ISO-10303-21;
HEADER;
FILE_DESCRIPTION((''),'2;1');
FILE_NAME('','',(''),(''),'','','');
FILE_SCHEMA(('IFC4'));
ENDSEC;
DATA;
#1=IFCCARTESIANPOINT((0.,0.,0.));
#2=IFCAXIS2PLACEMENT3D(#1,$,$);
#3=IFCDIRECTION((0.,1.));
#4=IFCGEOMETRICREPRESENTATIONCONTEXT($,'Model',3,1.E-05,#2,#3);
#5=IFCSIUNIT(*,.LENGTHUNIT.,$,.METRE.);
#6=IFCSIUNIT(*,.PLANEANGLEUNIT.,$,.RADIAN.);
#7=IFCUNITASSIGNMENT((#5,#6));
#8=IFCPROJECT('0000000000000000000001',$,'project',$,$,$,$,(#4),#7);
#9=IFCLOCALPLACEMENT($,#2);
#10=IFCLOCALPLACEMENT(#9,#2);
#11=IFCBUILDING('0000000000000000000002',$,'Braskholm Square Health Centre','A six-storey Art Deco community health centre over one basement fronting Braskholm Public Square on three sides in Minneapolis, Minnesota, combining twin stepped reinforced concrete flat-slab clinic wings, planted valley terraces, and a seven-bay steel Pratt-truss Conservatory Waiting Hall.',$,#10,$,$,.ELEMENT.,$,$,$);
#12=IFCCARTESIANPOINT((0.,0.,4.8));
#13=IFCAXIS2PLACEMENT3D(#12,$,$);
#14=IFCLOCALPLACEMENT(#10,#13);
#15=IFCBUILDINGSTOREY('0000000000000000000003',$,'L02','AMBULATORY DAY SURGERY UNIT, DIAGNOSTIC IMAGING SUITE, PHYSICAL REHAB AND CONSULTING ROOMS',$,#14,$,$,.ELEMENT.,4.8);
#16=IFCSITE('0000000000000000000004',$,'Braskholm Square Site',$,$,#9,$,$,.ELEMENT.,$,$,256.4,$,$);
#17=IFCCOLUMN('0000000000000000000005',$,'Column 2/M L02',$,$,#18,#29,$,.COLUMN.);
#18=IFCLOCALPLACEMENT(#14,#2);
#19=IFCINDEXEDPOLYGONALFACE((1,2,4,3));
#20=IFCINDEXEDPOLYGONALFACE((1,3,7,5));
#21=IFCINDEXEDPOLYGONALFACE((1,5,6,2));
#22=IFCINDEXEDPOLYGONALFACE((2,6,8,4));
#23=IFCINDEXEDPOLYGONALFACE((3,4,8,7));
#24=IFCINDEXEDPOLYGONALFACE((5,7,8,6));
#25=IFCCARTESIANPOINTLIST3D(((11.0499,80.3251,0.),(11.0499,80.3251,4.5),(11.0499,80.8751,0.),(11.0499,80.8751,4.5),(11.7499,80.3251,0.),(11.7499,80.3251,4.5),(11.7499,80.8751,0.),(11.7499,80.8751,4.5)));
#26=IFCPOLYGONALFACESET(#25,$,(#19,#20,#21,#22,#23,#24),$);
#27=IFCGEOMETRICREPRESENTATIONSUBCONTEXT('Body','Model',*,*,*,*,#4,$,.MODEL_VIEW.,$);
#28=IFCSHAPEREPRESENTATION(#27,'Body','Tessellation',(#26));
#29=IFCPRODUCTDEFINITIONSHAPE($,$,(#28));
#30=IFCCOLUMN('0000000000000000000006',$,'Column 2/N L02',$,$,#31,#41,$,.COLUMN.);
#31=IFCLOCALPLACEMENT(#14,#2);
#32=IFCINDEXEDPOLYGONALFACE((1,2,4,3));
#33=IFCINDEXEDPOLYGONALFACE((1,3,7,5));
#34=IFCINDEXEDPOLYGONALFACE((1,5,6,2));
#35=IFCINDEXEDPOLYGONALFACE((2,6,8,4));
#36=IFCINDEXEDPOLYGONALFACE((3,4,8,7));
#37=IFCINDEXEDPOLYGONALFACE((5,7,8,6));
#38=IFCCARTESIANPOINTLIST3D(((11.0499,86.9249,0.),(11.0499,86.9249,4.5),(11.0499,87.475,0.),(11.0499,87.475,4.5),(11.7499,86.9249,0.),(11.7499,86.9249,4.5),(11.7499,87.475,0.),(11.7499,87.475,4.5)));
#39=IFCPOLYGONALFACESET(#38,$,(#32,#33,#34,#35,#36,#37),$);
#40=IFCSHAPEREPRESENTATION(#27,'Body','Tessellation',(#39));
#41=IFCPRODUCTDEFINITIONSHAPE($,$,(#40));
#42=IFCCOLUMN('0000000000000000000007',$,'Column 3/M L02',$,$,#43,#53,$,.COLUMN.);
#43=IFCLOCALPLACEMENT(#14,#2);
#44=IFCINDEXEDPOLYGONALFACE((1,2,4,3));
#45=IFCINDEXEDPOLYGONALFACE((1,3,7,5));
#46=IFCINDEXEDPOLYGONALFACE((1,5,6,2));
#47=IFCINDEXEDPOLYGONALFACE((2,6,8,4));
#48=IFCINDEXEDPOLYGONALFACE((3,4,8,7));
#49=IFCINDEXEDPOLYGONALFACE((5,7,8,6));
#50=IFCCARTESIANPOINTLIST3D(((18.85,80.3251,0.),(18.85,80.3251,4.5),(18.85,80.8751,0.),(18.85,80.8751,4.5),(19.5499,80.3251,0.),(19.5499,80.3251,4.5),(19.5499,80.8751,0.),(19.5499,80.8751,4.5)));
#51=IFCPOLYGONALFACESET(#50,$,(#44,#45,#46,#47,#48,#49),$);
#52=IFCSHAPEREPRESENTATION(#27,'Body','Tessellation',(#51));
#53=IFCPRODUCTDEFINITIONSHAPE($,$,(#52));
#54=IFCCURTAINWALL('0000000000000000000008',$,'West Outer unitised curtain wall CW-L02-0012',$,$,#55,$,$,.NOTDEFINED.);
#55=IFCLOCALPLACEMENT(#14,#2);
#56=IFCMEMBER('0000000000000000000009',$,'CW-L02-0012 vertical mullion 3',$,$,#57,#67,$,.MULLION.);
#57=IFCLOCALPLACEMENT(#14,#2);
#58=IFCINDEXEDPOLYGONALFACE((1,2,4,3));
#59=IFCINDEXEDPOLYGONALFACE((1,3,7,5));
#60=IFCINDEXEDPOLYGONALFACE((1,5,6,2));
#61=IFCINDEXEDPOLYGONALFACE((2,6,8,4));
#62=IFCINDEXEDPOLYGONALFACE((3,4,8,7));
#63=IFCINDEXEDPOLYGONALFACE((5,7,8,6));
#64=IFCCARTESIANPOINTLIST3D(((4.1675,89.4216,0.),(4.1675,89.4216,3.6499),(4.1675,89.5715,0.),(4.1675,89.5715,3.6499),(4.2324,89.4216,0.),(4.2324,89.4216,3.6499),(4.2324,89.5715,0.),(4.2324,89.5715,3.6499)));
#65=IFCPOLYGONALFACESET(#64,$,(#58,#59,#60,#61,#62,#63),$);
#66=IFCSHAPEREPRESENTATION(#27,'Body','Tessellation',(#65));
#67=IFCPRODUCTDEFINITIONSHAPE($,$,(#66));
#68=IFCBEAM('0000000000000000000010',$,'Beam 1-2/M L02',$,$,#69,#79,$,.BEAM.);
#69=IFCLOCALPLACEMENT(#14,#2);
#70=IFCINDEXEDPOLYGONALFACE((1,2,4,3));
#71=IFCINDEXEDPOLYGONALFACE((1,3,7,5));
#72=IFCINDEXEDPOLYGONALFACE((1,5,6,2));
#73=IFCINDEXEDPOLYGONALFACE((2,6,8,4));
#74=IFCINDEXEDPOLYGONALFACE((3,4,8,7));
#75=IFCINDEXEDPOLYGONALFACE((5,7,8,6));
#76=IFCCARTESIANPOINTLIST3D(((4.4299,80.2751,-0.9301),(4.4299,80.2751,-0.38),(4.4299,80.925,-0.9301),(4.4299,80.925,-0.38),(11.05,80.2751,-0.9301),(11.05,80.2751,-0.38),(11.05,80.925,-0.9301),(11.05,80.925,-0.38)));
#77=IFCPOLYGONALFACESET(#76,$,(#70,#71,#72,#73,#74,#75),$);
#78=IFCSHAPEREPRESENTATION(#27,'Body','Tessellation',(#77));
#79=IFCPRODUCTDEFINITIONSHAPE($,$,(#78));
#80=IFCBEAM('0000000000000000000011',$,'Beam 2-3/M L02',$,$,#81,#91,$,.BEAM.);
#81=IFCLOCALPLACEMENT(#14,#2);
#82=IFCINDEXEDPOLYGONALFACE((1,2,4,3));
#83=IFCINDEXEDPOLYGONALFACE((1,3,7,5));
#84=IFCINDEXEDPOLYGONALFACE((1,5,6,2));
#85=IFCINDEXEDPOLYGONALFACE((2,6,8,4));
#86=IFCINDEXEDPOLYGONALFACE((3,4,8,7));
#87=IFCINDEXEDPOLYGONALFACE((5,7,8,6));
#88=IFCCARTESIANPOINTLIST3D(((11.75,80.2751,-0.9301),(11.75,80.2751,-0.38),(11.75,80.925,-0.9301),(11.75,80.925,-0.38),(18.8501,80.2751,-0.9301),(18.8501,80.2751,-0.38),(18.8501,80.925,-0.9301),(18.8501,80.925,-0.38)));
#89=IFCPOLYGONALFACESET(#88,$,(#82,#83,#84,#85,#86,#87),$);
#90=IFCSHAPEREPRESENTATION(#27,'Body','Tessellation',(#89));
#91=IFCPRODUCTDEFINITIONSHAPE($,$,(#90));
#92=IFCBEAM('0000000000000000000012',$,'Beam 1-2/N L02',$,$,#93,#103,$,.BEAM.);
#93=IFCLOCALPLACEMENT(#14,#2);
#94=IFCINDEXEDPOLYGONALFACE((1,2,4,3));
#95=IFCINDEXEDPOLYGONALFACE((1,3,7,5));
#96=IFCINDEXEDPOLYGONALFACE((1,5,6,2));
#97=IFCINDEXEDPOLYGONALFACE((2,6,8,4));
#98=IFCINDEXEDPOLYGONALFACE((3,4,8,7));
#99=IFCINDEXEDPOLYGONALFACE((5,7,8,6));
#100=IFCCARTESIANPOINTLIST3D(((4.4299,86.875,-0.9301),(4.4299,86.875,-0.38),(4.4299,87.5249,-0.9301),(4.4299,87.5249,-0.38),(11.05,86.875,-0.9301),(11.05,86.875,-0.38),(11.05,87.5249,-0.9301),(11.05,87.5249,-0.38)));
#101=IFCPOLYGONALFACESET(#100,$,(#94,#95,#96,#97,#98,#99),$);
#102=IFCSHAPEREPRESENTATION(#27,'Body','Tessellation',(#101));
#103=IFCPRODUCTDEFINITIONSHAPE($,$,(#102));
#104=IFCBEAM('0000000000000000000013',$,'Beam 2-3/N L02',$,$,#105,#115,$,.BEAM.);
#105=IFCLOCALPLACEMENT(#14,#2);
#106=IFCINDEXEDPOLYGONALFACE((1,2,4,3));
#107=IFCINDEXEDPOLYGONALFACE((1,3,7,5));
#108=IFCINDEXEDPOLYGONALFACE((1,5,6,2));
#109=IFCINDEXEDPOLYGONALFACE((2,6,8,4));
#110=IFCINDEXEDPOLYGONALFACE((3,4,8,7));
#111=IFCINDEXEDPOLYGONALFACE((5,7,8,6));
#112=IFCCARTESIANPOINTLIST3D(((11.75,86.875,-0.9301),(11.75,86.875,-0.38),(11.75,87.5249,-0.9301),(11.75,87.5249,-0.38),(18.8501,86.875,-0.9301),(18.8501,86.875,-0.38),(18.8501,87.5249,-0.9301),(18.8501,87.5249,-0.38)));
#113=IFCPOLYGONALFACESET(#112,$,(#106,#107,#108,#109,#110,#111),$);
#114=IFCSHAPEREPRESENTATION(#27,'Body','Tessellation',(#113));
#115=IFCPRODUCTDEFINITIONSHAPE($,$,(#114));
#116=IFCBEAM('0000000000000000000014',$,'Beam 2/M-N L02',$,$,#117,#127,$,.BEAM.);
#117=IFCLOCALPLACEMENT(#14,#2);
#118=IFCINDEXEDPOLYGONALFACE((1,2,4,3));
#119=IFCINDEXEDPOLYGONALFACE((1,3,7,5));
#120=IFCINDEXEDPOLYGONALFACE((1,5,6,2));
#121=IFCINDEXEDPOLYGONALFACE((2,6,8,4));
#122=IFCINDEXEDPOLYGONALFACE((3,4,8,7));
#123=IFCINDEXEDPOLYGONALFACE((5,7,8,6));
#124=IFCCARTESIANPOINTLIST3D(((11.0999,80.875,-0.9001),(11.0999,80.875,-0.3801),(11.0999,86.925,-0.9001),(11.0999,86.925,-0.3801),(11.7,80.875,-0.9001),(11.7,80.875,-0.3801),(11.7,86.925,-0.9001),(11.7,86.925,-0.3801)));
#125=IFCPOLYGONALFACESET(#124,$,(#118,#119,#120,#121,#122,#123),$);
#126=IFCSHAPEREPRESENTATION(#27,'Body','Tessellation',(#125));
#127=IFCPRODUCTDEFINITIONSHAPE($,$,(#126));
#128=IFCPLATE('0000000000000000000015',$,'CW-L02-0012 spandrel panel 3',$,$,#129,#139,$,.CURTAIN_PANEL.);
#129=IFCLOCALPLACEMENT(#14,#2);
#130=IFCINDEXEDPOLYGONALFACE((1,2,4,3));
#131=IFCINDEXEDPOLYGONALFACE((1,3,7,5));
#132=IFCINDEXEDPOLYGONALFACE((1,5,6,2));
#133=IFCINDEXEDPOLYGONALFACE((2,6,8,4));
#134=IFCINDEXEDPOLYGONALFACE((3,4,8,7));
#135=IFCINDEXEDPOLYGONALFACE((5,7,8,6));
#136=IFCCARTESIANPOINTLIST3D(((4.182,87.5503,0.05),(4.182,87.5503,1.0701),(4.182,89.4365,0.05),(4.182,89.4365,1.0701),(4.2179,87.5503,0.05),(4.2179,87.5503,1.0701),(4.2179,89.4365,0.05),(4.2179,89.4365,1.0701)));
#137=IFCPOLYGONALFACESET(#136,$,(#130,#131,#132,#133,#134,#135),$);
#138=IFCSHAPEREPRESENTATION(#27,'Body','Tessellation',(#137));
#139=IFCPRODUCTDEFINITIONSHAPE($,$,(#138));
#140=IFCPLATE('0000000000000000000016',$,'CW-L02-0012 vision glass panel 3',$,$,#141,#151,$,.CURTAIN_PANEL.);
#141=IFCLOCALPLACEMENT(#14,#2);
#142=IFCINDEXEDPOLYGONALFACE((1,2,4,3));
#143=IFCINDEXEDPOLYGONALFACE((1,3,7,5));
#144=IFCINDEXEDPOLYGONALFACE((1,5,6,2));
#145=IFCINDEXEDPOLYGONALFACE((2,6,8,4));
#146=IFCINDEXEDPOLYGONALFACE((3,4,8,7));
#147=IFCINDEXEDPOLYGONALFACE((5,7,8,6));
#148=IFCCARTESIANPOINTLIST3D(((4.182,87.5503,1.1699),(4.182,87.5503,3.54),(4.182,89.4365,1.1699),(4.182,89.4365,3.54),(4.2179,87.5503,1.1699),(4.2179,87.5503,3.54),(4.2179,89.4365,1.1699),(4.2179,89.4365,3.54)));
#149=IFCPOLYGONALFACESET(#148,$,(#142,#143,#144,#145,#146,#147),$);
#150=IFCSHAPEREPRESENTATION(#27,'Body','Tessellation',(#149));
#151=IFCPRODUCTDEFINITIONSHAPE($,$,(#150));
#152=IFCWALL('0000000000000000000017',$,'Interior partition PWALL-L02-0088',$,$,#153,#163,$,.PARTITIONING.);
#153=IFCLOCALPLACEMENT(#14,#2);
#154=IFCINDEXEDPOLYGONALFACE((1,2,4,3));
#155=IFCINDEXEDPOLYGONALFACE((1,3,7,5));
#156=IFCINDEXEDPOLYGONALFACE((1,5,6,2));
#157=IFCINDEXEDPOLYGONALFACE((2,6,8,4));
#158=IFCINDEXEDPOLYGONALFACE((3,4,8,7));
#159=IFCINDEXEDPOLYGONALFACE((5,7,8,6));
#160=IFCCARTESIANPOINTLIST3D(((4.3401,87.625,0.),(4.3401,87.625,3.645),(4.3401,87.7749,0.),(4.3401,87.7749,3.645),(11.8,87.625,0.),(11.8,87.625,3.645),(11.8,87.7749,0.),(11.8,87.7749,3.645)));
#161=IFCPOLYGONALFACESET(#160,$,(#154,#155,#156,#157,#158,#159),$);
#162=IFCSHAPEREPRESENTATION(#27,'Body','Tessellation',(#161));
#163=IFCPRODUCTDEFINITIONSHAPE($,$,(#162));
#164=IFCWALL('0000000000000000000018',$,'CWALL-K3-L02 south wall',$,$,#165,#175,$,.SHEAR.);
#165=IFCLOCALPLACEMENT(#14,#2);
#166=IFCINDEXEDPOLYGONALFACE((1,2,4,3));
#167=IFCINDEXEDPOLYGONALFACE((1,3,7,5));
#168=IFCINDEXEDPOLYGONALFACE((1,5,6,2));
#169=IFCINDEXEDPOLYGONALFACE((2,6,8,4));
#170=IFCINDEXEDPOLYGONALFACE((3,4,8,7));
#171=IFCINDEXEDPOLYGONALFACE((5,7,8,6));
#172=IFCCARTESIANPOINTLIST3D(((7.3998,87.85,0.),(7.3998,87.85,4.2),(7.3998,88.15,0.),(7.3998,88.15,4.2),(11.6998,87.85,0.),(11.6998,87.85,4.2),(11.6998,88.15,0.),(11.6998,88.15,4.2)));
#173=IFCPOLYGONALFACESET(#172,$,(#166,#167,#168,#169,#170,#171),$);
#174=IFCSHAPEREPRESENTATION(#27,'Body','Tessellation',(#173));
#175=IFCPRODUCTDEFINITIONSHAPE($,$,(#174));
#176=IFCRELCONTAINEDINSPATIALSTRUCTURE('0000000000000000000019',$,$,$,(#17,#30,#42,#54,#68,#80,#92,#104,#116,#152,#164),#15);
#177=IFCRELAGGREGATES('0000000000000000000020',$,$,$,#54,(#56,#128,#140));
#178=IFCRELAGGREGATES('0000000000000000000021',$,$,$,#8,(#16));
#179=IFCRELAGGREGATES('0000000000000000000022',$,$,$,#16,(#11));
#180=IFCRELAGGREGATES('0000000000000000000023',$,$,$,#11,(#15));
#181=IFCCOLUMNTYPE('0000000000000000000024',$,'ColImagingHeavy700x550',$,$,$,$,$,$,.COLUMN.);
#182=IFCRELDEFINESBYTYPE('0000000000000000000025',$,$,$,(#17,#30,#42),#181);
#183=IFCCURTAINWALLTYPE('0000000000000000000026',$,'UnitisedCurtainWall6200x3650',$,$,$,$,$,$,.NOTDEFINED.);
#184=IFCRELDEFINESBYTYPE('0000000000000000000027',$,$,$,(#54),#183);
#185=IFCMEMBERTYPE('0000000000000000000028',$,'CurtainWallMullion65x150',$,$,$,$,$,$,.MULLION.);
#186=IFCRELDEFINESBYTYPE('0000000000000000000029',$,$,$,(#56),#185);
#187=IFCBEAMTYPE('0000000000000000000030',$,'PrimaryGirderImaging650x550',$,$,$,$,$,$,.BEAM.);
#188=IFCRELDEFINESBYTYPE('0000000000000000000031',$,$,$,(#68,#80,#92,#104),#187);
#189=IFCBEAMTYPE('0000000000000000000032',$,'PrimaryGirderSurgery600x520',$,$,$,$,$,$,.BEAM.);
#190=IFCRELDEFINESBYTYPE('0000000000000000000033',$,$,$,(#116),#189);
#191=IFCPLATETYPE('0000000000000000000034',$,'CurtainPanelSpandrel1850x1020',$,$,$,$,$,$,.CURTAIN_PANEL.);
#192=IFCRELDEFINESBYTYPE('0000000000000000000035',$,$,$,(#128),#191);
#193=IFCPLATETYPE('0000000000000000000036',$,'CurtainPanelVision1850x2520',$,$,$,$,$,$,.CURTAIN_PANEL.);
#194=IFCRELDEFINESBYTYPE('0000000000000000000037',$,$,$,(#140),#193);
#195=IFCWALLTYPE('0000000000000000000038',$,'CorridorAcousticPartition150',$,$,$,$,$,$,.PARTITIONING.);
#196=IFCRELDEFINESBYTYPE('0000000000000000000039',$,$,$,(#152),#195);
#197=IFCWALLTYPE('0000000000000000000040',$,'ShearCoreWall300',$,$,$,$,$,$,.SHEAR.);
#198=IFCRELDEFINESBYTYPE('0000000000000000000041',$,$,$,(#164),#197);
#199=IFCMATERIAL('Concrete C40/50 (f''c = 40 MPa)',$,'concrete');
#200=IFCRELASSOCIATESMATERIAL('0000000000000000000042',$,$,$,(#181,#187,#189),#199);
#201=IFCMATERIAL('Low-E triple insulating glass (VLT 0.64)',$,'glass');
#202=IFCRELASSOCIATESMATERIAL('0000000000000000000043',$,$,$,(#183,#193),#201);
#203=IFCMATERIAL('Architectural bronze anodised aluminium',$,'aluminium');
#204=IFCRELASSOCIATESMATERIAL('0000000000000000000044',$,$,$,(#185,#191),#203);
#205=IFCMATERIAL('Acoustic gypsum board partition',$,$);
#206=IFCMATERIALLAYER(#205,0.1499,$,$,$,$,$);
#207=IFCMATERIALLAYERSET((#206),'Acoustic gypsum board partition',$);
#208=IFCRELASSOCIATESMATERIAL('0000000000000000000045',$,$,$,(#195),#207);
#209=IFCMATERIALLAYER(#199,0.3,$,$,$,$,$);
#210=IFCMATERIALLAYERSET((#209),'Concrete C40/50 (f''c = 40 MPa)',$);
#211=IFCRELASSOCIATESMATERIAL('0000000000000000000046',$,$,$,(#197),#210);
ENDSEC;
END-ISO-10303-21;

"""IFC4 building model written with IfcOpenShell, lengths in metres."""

from ifc_helpers import new_model, si_unit, direction, frame, frame_2d, origin, origin_2d, place, context, subcontext, project, spatial, rectangle, extrude, material, layer, layer_set, material_profile, profile_set, type_object, element, aggregate, save


model = new_model("IFC4")

# Units and contexts
model_context = context("Model", 3, precision=1e-05, world=origin(), true_north=direction((0.0, 1.0)))
body_context = subcontext(model_context, "Body", "Model", "MODEL_VIEW")
ifc_project = project(units=[si_unit("LENGTHUNIT", "METRE"), si_unit("PLANEANGLEUNIT", "RADIAN")], contexts=[model_context])

# Site, building, storey
site_placement = place(None, origin())
site = spatial("IfcSite", under=ifc_project, at=site_placement, Name="Braskholm Square Site", CompositionType="ELEMENT", RefElevation=256.4)
building_placement = place(site_placement, origin())
building = spatial("IfcBuilding", under=site, at=building_placement, Name="Braskholm Square Health Centre", Description="A six-storey Art Deco community health centre over one basement fronting Braskholm Public Square on three sides in Minneapolis, Minnesota, combining twin stepped reinforced concrete flat-slab clinic wings, planted valley terraces, and a seven-bay steel Pratt-truss Conservatory Waiting Hall.", CompositionType="ELEMENT")
storey_placement = place(building_placement, frame((0.0, 0.0, 4.8)))
storey = spatial("IfcBuildingStorey", under=building, at=storey_placement, Name="L02", Description="AMBULATORY DAY SURGERY UNIT, DIAGNOSTIC IMAGING SUITE, PHYSICAL REHAB AND CONSULTING ROOMS", CompositionType="ELEMENT", Elevation=4.8)

# Columns
ifc_material_1 = material(Name="Concrete C40/50 (f'c = 40 MPa)", Category="concrete")
ifc_material_profile_1 = material_profile(ifc_material_1, rectangle(XDim=0.7, YDim=0.55, at=origin_2d()), Name="RC-700X550")
ifc_profile_set_1 = profile_set([ifc_material_profile_1], Name="Concrete C40/50 (f'c = 40 MPa)")
column_type = type_object("IfcColumnType", Name="ColImagingHeavy700x550", PredefinedType="COLUMN", material=ifc_profile_set_1)
for number, where, z_axis, x_axis, name in (
    (1, (11.3999, 80.6001, 0.0), (0.0, 0.0, 1.0), (1.0, 0.0, 0.0), "Column 2/M L02"),
    (2, (11.3999, 87.2, 0.0), (0.0, 0.0, 1.0), (1.0, 0.0, 0.0), "Column 2/N L02"),
    (3, (19.2, 80.6001, 0.0), (0.0, 0.0, 1.0), (1.0, 0.0, 0.0), "Column 3/M L02"),
):
    element("IfcColumn", number, at=place(storey_placement, frame(where, z_axis=z_axis, x_axis=x_axis)), inside=storey, type_object=column_type, Name=name, PredefinedType="COLUMN", context=body_context, shape_type="SweptSolid", body=[
        extrude(rectangle(XDim=0.7, YDim=0.55, at=origin_2d()), origin(), (0.0, 0.0, 1.0), 4.5),
    ])

# Curtain wall, member
ifc_material_2 = material(Name="Low-E triple insulating glass (VLT 0.64)", Category="glass")
curtain_wall_type = type_object("IfcCurtainWallType", Name="UnitisedCurtainWall6200x3650", PredefinedType="NOTDEFINED", material=ifc_material_2)
curtain_wall_placement = place(storey_placement, origin())
curtain_wall = element("IfcCurtainWall", 4, at=curtain_wall_placement, inside=storey, type_object=curtain_wall_type, Name="West Outer unitised curtain wall CW-L02-0012", PredefinedType="NOTDEFINED")
ifc_material_3 = material(Name="Architectural bronze anodised aluminium", Category="aluminium")
ifc_material_profile_2 = material_profile(ifc_material_3, rectangle(XDim=0.0649, YDim=0.1499, at=origin_2d()), Name="ALU-65X150")
ifc_profile_set_2 = profile_set([ifc_material_profile_2], Name="Architectural bronze anodised aluminium")
member_type = type_object("IfcMemberType", Name="CurtainWallMullion65x150", PredefinedType="MULLION", material=ifc_profile_set_2)
member_placement = place(storey_placement, frame((4.2, 89.4966, 0.0), z_axis=(0.0, 0.0, 1.0), x_axis=(1.0, 0.0, 0.0)))
member = element("IfcMember", 5, at=member_placement, type_object=member_type, Name="CW-L02-0012 vertical mullion 3", PredefinedType="MULLION", context=body_context, shape_type="SweptSolid", body=[
    extrude(rectangle(XDim=0.0649, YDim=0.1499, at=origin_2d()), origin(), (0.0, 0.0, 1.0), 3.6499),
])

# Beams
ifc_material_profile_3 = material_profile(ifc_material_1, rectangle(XDim=0.6499, YDim=0.55, at=origin_2d()), Name="RCB-650X550")
ifc_profile_set_3 = profile_set([ifc_material_profile_3], Name="Concrete C40/50 (f'c = 40 MPa)")
beam_type_1 = type_object("IfcBeamType", Name="PrimaryGirderImaging650x550", PredefinedType="BEAM", material=ifc_profile_set_3)
beam_1_placement = place(storey_placement, frame((4.4299, 80.6001, -0.655), z_axis=(1.0, 0.0, 0.0), x_axis=(0.0, 1.0, 0.0)))
element("IfcBeam", 6, at=beam_1_placement, inside=storey, type_object=beam_type_1, Name="Beam 1-2/M L02", PredefinedType="BEAM", context=body_context, shape_type="SweptSolid", body=[
    extrude(rectangle(XDim=0.6499, YDim=0.55, at=origin_2d()), origin(), (0.0, 0.0, 1.0), 6.6201),
])
beam_2_placement = place(storey_placement, frame((11.75, 80.6001, -0.655), z_axis=(1.0, 0.0, 0.0), x_axis=(0.0, 1.0, 0.0)))
element("IfcBeam", 7, at=beam_2_placement, inside=storey, type_object=beam_type_1, Name="Beam 2-3/M L02", PredefinedType="BEAM", context=body_context, shape_type="SweptSolid", body=[
    extrude(rectangle(XDim=0.6499, YDim=0.55, at=origin_2d()), origin(), (0.0, 0.0, 1.0), 7.1001),
])
beam_3_placement = place(storey_placement, frame((4.4299, 87.2, -0.655), z_axis=(1.0, 0.0, 0.0), x_axis=(0.0, 1.0, 0.0)))
element("IfcBeam", 8, at=beam_3_placement, inside=storey, type_object=beam_type_1, Name="Beam 1-2/N L02", PredefinedType="BEAM", context=body_context, shape_type="SweptSolid", body=[
    extrude(rectangle(XDim=0.6499, YDim=0.55, at=origin_2d()), origin(), (0.0, 0.0, 1.0), 6.6201),
])
beam_4_placement = place(storey_placement, frame((11.75, 87.2, -0.655), z_axis=(1.0, 0.0, 0.0), x_axis=(0.0, 1.0, 0.0)))
element("IfcBeam", 9, at=beam_4_placement, inside=storey, type_object=beam_type_1, Name="Beam 2-3/N L02", PredefinedType="BEAM", context=body_context, shape_type="SweptSolid", body=[
    extrude(rectangle(XDim=0.6499, YDim=0.55, at=origin_2d()), origin(), (0.0, 0.0, 1.0), 7.1001),
])
ifc_material_profile_4 = material_profile(ifc_material_1, rectangle(XDim=0.6001, YDim=0.52, at=origin_2d()), Name="RCB-600X520")
ifc_profile_set_4 = profile_set([ifc_material_profile_4], Name="Concrete C40/50 (f'c = 40 MPa)")
beam_type_2 = type_object("IfcBeamType", Name="PrimaryGirderSurgery600x520", PredefinedType="BEAM", material=ifc_profile_set_4)
beam_5_placement = place(storey_placement, frame((11.3999, 80.875, -0.6401), z_axis=(0.0, 1.0, 0.0), x_axis=(-1.0, 0.0, 0.0)))
element("IfcBeam", 10, at=beam_5_placement, inside=storey, type_object=beam_type_2, Name="Beam 2/M-N L02", PredefinedType="BEAM", context=body_context, shape_type="SweptSolid", body=[
    extrude(rectangle(XDim=0.6001, YDim=0.52, at=origin_2d()), origin(), (0.0, 0.0, 1.0), 6.05),
])

# Plates
plate_type_1 = type_object("IfcPlateType", Name="CurtainPanelSpandrel1850x1020", PredefinedType="CURTAIN_PANEL", material=ifc_material_3)
plate_1_placement = place(storey_placement, frame((4.2, 88.4934, 0.05), z_axis=(0.0, 0.0, 1.0), x_axis=(0.0, -1.0, 0.0)))
plate_1 = element("IfcPlate", 11, at=plate_1_placement, type_object=plate_type_1, Name="CW-L02-0012 spandrel panel 3", PredefinedType="CURTAIN_PANEL", context=body_context, shape_type="SweptSolid", body=[
    extrude(rectangle(XDim=1.8862, YDim=0.0359, at=origin_2d()), origin(), (0.0, 0.0, 1.0), 1.02),
])
plate_type_2 = type_object("IfcPlateType", Name="CurtainPanelVision1850x2520", PredefinedType="CURTAIN_PANEL", material=ifc_material_2)
plate_2_placement = place(storey_placement, frame((4.2, 88.4934, 1.1699), z_axis=(0.0, 0.0, 1.0), x_axis=(0.0, -1.0, 0.0)))
plate_2 = element("IfcPlate", 12, at=plate_2_placement, type_object=plate_type_2, Name="CW-L02-0012 vision glass panel 3", PredefinedType="CURTAIN_PANEL", context=body_context, shape_type="SweptSolid", body=[
    extrude(rectangle(XDim=1.8862, YDim=0.0359, at=origin_2d()), origin(), (0.0, 0.0, 1.0), 2.3701),
])
aggregate(curtain_wall, [member, plate_1, plate_2])

# Walls
ifc_material_4 = material(Name="Acoustic gypsum board partition")
ifc_layer_1 = layer(ifc_material_4, 0.1499)
ifc_layer_set_1 = layer_set([ifc_layer_1], Name="Acoustic gypsum board partition")
wall_type_1 = type_object("IfcWallType", Name="CorridorAcousticPartition150", PredefinedType="PARTITIONING", material=ifc_layer_set_1)
wall_1_placement = place(storey_placement, frame((4.3401, 87.7, 0.0), z_axis=(0.0, 0.0, 1.0), x_axis=(1.0, 0.0, 0.0)))
element("IfcWall", 13, at=wall_1_placement, inside=storey, type_object=wall_type_1, Name="Interior partition PWALL-L02-0088", PredefinedType="PARTITIONING", context=body_context, shape_type="SweptSolid", body=[
    extrude(rectangle(XDim=7.46, YDim=0.1499, at=frame_2d((3.73, 0.0))), origin(), (0.0, 0.0, 1.0), 3.645),
])
ifc_layer_2 = layer(ifc_material_1, 0.3)
ifc_layer_set_2 = layer_set([ifc_layer_2], Name="Concrete C40/50 (f'c = 40 MPa)")
wall_type_2 = type_object("IfcWallType", Name="ShearCoreWall300", PredefinedType="SHEAR", material=ifc_layer_set_2)
wall_2_placement = place(storey_placement, frame((7.3999, 88.0, 0.0), z_axis=(0.0, 0.0, 1.0), x_axis=(1.0, 0.0, 0.0)))
element("IfcWall", 14, at=wall_2_placement, inside=storey, type_object=wall_type_2, Name="CWALL-K3-L02 south wall", PredefinedType="SHEAR", context=body_context, shape_type="SweptSolid", body=[
    extrude(rectangle(XDim=4.3, YDim=0.3, at=frame_2d((2.1499, 0.0))), origin(), (0.0, 0.0, 1.0), 4.2),
])

save(model, "model.ifc")
